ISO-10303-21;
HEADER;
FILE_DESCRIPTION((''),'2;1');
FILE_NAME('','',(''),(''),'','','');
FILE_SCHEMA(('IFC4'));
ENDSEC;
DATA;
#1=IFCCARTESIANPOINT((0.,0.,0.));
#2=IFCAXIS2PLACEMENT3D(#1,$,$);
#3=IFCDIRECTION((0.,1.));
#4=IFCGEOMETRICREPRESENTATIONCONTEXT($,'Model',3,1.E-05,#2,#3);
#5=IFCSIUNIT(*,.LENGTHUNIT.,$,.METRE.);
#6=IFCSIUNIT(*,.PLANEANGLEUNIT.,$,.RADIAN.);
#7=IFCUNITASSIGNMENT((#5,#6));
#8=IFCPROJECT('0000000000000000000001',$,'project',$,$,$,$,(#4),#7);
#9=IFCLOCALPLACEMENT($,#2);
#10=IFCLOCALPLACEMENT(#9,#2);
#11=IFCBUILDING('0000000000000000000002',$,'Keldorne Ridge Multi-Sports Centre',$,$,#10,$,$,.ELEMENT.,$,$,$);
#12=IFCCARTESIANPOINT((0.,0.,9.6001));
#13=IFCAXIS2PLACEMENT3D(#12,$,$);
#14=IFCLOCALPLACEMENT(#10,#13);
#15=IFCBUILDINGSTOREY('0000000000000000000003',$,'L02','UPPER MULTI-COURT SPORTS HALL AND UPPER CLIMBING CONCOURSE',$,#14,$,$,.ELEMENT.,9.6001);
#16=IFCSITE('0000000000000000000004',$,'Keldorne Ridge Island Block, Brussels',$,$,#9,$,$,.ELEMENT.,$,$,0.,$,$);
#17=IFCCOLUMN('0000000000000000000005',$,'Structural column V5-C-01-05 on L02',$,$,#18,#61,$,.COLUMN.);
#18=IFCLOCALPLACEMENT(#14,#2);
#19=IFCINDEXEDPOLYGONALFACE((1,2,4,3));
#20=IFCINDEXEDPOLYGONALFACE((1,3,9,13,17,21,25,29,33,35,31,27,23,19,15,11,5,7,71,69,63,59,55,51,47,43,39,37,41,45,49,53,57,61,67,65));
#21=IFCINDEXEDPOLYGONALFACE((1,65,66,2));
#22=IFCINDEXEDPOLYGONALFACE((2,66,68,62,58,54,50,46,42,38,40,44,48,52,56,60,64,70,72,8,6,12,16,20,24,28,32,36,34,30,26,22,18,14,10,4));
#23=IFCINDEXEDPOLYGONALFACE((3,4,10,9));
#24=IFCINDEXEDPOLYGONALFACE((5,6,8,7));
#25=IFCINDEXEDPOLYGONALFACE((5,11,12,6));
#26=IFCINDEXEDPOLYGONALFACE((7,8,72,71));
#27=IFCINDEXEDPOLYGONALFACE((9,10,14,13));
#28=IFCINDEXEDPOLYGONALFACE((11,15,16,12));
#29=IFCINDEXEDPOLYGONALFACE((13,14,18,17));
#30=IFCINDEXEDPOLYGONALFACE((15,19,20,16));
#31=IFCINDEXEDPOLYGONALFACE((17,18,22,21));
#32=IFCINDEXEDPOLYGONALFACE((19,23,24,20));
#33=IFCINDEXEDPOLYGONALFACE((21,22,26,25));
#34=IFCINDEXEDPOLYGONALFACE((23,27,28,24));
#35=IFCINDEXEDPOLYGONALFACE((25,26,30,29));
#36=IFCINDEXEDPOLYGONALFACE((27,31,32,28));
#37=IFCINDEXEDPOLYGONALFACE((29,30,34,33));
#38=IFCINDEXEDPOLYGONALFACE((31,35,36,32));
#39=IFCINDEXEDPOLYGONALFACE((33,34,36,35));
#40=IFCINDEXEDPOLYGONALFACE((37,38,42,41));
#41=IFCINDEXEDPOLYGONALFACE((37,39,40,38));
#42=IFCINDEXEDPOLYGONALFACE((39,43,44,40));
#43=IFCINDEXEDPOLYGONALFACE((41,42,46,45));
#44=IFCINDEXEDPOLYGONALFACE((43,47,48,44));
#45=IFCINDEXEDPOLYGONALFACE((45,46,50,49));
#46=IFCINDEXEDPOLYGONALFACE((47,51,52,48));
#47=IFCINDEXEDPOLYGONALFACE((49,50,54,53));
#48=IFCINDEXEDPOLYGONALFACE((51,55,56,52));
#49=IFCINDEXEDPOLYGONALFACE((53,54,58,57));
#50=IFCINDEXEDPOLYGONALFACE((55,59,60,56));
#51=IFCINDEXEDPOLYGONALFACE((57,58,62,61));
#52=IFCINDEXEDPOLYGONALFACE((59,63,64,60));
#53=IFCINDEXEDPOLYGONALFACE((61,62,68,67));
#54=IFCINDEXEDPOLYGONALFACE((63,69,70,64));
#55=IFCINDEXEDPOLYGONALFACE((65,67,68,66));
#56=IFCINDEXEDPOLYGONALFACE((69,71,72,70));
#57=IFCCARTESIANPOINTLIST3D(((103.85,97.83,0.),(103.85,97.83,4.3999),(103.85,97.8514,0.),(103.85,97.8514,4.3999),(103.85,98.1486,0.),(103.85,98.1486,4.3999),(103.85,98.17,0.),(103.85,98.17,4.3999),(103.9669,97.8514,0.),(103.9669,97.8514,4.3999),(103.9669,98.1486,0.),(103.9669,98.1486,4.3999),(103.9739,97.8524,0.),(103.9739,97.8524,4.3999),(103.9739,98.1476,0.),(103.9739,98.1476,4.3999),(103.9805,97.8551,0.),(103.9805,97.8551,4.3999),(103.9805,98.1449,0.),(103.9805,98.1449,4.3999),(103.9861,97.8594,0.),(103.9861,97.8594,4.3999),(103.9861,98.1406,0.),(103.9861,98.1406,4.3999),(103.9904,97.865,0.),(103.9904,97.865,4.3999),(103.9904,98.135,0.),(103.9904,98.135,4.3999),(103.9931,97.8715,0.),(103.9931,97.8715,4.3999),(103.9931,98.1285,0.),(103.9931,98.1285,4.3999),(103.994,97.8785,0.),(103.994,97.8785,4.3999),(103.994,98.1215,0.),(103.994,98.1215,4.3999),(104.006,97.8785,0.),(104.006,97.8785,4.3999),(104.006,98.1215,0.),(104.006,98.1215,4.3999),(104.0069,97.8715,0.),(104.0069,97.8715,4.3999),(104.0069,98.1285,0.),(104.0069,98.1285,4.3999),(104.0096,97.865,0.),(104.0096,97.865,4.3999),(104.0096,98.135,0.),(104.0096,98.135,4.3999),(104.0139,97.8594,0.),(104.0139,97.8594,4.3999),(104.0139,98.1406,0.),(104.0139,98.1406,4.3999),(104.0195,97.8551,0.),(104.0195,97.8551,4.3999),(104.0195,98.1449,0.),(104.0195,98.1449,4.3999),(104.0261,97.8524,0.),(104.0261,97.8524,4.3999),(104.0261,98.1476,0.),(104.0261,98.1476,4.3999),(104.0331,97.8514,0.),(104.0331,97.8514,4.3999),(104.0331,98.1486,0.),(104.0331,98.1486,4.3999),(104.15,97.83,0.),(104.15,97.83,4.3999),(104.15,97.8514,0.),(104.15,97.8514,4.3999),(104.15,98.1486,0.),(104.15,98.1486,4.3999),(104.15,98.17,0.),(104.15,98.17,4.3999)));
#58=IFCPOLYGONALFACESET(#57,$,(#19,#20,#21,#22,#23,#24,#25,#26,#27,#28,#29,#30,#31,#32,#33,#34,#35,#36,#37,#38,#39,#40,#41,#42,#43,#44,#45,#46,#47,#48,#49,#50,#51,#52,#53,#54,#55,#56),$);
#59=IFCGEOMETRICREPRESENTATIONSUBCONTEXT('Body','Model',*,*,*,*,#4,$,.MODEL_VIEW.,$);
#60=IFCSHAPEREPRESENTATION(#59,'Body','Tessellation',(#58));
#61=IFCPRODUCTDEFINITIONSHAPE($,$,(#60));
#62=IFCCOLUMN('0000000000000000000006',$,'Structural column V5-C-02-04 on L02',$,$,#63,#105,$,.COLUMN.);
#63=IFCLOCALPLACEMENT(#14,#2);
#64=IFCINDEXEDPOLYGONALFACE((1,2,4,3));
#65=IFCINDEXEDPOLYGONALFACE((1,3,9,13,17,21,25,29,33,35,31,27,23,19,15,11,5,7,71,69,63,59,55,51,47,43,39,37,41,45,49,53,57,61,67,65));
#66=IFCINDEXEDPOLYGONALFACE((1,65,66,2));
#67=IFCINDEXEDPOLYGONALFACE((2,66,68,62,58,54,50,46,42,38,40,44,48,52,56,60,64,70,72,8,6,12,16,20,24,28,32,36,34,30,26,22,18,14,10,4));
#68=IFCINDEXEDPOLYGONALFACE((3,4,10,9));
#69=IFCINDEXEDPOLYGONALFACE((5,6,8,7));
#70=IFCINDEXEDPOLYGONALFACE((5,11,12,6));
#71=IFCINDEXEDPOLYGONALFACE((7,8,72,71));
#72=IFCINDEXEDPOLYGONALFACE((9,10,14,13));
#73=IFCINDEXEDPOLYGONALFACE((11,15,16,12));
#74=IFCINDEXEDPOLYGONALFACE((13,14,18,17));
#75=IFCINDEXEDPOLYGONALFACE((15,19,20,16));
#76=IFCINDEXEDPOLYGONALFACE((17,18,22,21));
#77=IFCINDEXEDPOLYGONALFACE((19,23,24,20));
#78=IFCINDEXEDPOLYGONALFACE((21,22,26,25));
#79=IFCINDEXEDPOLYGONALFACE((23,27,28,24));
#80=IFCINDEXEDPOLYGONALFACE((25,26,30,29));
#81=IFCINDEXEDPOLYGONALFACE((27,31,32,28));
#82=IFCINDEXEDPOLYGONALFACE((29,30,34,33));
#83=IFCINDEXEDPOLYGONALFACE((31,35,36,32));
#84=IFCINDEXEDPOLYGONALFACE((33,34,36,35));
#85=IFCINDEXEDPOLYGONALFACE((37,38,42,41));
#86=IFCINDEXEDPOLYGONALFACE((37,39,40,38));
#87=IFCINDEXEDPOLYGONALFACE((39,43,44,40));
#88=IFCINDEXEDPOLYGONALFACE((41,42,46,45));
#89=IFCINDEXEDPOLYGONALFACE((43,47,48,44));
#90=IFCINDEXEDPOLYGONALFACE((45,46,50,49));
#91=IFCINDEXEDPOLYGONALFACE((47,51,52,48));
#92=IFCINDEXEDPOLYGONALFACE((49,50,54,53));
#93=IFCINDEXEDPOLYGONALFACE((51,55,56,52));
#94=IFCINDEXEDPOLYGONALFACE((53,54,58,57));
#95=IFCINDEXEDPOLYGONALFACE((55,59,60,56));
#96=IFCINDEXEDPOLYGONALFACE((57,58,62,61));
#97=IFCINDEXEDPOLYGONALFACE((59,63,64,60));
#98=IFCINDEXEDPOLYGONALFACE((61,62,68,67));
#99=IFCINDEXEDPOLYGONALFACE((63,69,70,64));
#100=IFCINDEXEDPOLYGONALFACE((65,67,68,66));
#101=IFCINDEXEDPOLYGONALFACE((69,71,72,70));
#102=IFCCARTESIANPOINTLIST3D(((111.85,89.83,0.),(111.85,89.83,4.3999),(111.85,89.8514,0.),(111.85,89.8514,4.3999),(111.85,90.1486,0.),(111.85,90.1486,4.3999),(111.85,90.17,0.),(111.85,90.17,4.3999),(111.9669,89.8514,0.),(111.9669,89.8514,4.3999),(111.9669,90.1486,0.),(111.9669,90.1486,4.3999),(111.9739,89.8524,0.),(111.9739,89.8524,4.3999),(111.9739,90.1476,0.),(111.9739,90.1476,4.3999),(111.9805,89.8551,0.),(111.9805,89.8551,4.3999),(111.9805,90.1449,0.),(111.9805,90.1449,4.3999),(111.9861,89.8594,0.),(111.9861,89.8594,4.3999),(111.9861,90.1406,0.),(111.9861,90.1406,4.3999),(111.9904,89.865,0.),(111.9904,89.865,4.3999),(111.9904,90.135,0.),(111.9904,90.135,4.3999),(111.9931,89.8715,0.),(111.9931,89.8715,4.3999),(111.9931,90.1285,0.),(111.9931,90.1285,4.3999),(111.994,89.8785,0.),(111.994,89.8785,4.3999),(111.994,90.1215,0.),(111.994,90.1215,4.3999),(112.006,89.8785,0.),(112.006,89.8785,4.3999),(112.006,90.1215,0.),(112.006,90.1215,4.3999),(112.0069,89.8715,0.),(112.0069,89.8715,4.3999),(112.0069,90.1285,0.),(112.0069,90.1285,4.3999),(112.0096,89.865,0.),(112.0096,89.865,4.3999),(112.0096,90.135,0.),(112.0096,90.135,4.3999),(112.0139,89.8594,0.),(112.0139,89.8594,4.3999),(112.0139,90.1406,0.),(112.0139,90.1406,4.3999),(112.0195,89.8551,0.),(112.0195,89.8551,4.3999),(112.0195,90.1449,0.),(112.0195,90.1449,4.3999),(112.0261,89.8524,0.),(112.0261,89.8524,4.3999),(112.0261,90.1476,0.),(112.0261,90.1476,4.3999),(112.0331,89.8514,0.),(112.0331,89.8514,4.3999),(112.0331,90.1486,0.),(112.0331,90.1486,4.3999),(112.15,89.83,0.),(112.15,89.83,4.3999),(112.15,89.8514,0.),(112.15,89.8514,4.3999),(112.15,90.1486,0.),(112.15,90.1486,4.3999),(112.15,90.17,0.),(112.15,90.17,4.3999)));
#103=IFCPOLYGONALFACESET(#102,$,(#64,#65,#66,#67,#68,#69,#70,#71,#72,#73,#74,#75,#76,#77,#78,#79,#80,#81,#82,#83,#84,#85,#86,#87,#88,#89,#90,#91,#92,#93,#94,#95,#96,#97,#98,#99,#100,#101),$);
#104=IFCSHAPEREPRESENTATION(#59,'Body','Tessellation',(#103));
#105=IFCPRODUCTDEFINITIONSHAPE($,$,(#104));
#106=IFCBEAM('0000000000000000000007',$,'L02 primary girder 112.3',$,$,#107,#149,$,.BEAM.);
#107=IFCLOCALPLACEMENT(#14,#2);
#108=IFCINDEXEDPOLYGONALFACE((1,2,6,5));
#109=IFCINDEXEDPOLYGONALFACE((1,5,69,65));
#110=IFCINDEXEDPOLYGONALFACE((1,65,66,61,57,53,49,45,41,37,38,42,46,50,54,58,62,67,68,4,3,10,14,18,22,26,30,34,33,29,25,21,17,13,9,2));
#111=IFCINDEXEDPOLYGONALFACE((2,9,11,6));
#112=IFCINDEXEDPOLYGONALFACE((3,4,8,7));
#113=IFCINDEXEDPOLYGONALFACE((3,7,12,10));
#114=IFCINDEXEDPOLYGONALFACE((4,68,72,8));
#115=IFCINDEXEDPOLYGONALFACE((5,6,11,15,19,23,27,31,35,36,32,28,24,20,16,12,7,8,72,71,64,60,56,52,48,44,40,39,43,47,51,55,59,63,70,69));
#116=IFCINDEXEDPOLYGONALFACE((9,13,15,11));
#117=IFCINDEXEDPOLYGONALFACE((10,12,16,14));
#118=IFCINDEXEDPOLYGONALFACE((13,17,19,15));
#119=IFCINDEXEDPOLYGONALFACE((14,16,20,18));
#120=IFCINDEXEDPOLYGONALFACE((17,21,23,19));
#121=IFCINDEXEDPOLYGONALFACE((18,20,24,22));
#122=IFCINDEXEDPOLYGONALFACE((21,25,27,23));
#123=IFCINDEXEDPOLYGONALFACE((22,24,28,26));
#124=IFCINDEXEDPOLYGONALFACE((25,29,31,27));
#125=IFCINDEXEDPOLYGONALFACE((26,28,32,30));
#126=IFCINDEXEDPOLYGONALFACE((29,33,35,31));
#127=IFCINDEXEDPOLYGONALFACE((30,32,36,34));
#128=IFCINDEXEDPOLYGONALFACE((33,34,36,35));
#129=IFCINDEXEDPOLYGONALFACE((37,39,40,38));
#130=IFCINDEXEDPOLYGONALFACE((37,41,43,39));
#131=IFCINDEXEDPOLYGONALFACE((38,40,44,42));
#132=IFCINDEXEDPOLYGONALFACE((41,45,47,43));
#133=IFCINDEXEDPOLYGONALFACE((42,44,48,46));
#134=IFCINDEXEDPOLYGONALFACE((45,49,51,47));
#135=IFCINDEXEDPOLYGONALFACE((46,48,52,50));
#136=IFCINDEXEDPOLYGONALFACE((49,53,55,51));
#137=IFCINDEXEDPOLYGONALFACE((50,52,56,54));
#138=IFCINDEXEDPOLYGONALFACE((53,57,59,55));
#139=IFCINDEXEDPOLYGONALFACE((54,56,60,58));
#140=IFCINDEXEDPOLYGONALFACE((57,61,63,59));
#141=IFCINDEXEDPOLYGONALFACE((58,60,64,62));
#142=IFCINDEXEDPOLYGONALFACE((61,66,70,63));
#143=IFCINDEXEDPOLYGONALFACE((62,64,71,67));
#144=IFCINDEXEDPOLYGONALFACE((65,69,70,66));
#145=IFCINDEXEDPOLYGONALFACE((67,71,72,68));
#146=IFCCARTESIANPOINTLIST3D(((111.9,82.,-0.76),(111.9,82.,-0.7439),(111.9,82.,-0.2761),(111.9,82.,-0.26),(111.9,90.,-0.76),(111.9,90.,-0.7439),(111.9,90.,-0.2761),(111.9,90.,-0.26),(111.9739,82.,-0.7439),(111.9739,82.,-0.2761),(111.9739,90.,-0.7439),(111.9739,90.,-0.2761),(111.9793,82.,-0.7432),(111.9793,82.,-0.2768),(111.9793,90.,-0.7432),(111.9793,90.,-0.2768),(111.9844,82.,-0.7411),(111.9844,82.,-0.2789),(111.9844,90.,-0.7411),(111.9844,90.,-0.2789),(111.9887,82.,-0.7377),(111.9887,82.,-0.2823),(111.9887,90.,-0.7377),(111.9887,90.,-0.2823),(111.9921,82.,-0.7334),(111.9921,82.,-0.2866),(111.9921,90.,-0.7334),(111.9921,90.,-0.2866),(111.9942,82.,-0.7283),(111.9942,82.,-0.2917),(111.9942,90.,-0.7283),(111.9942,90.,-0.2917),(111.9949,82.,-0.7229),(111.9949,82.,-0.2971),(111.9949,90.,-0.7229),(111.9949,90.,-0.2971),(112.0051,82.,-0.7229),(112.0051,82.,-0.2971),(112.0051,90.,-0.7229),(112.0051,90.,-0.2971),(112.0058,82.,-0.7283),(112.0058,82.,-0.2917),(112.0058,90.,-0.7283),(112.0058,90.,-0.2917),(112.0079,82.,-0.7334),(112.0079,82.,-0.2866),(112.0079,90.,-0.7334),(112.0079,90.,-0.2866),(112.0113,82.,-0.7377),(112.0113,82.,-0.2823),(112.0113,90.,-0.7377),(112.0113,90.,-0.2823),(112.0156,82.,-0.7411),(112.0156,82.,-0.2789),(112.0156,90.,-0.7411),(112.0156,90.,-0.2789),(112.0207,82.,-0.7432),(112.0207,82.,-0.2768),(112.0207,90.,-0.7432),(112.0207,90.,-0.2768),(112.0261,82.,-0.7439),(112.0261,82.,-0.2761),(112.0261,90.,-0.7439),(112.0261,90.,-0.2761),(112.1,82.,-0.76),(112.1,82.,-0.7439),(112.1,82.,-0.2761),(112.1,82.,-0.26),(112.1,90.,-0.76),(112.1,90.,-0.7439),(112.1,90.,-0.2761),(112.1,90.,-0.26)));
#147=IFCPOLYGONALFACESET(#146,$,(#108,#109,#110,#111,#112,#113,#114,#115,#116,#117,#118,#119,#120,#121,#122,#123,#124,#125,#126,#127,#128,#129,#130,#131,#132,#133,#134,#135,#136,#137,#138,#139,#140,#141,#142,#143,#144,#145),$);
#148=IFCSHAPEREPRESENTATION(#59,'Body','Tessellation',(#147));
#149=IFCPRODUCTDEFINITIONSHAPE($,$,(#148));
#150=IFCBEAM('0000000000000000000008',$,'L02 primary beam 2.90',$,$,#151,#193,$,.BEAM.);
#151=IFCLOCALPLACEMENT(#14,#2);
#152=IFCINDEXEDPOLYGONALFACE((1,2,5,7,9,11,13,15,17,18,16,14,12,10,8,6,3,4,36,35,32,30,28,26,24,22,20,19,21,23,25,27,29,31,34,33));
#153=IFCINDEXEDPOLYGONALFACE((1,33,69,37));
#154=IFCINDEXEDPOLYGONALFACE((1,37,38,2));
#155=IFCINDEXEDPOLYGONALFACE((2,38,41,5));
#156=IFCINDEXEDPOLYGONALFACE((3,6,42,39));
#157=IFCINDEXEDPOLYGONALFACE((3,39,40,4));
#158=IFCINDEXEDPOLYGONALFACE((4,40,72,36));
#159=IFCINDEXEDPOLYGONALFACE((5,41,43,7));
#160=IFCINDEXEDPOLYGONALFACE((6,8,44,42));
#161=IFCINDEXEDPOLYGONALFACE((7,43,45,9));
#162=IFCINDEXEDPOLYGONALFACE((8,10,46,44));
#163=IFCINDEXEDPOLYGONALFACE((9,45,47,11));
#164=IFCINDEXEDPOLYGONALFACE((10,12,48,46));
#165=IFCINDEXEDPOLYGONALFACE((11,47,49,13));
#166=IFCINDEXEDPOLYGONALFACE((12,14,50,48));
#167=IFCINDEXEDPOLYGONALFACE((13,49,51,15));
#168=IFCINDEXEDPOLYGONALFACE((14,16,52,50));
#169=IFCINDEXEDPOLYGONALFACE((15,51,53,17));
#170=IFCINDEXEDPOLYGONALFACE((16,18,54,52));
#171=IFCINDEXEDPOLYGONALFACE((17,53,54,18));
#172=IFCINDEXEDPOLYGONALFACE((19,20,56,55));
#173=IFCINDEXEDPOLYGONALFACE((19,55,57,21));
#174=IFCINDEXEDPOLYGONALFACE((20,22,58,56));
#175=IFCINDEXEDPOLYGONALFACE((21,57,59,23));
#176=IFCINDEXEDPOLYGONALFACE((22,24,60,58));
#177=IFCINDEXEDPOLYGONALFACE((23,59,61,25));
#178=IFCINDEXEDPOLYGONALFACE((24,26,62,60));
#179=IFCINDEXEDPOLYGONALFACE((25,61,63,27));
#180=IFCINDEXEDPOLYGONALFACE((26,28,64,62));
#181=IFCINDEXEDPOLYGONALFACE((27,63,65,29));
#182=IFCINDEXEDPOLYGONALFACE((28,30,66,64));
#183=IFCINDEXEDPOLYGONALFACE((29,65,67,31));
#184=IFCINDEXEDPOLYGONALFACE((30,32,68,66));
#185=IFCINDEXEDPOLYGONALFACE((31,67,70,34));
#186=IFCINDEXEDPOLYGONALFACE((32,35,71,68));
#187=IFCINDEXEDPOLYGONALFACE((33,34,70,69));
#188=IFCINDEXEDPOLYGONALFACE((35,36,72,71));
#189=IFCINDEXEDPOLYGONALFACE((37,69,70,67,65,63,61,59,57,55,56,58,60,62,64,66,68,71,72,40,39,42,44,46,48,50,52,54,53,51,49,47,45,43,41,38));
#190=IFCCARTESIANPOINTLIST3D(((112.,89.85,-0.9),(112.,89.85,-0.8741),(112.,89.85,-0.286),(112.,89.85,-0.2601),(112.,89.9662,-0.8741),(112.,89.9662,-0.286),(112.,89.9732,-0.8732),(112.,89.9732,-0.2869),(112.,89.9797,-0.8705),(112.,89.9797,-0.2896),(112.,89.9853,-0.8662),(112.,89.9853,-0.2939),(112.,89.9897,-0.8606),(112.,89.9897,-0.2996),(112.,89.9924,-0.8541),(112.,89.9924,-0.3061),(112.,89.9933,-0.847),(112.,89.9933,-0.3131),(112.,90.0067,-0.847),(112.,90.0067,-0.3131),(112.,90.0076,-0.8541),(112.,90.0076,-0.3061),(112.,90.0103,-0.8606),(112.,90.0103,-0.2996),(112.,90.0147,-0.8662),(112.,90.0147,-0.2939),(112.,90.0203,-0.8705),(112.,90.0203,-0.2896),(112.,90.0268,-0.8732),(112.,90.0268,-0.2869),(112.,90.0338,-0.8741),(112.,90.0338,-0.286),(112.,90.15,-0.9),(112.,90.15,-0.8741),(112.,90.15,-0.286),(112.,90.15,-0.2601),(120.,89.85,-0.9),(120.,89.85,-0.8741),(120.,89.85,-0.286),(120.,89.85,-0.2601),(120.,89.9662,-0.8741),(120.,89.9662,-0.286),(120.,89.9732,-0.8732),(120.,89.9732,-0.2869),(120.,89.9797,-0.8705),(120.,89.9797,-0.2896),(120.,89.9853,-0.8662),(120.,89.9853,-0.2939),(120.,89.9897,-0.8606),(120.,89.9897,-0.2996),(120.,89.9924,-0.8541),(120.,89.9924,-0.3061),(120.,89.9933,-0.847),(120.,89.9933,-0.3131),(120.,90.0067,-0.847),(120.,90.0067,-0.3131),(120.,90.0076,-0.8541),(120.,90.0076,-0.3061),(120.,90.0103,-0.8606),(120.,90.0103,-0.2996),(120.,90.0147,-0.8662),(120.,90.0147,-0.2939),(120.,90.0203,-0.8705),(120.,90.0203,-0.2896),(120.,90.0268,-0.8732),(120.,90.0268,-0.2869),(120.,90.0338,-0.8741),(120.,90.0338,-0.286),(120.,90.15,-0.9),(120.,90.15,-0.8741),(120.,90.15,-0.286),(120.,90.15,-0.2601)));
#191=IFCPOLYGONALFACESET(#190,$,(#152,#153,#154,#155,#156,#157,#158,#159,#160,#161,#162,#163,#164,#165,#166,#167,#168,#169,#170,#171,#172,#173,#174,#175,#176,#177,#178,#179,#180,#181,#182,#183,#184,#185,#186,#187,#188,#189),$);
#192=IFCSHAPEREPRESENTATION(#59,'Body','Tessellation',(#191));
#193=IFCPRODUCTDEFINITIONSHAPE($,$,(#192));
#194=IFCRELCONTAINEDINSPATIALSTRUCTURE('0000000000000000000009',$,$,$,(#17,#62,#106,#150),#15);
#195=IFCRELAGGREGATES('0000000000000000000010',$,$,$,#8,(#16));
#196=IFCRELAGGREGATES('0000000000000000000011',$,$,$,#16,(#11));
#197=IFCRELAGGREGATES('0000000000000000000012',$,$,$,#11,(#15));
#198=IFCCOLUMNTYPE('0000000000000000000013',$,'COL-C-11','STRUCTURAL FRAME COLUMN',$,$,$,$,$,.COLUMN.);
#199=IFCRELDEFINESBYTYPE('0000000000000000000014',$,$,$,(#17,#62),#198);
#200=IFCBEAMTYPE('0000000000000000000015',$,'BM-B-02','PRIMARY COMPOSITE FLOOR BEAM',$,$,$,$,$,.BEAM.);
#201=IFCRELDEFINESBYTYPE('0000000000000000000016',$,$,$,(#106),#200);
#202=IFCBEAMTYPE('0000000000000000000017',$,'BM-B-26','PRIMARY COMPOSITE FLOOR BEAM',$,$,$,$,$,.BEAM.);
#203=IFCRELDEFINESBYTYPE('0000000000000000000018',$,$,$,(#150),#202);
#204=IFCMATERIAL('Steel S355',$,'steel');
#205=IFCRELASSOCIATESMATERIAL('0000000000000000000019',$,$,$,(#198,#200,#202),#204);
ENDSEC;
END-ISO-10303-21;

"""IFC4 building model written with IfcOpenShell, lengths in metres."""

from ifc_helpers import new_model, si_unit, direction, frame, origin, origin_2d, place, context, subcontext, project, spatial, i_section, extrude, material, material_profile, profile_set, type_object, element, save


model = new_model("IFC4")

# Units and contexts
model_context = context("Model", 3, precision=1e-05, world=origin(), true_north=direction((0.0, 1.0)))
body_context = subcontext(model_context, "Body", "Model", "MODEL_VIEW")
ifc_project = project(units=[si_unit("LENGTHUNIT", "METRE"), si_unit("PLANEANGLEUNIT", "RADIAN")], contexts=[model_context])

# Site, building, storey
site_placement = place(None, origin())
site = spatial("IfcSite", under=ifc_project, at=site_placement, Name="Keldorne Ridge Island Block, Brussels", CompositionType="ELEMENT", RefElevation=0.0)
building_placement = place(site_placement, origin())
building = spatial("IfcBuilding", under=site, at=building_placement, Name="Keldorne Ridge Multi-Sports Centre", CompositionType="ELEMENT")
storey_placement = place(building_placement, frame((0.0, 0.0, 9.6001)))
storey = spatial("IfcBuildingStorey", under=building, at=storey_placement, Name="L02", Description="UPPER MULTI-COURT SPORTS HALL AND UPPER CLIMBING CONCOURSE", CompositionType="ELEMENT", Elevation=9.6001)

# Columns
ifc_material_1 = material(Name="Steel S355", Category="steel")
ifc_material_profile_1 = material_profile(ifc_material_1, i_section(OverallWidth=0.3, OverallDepth=0.3401, WebThickness=0.012, FlangeThickness=0.0215, FilletRadius=0.0271, at=origin_2d()), Name="HEB 340")
ifc_profile_set_1 = profile_set([ifc_material_profile_1], Name="Steel S355")
column_type = type_object("IfcColumnType", Name="COL-C-11", Description="STRUCTURAL FRAME COLUMN", PredefinedType="COLUMN", material=ifc_profile_set_1)
for number, where, z_axis, x_axis, name in (
    (1, (104.0, 98.0, 0.0), (0.0, 0.0, 1.0), (1.0, 0.0, 0.0), "Structural column V5-C-01-05 on L02"),
    (2, (112.0, 90.0, 0.0), (0.0, 0.0, 1.0), (1.0, 0.0, 0.0), "Structural column V5-C-02-04 on L02"),
):
    element("IfcColumn", number, at=place(storey_placement, frame(where, z_axis=z_axis, x_axis=x_axis)), inside=storey, type_object=column_type, Name=name, PredefinedType="COLUMN", context=body_context, shape_type="SweptSolid", body=[
        extrude(i_section(OverallWidth=0.3, OverallDepth=0.3401, WebThickness=0.012, FlangeThickness=0.0215, FilletRadius=0.0271, at=origin_2d()), origin(), (0.0, 0.0, 1.0), 4.3999),
    ])

# Beams
ifc_material_profile_2 = material_profile(ifc_material_1, i_section(OverallWidth=0.2, OverallDepth=0.5, WebThickness=0.0103, FlangeThickness=0.0161, FilletRadius=0.021, at=origin_2d()), Name="IPE 500")
ifc_profile_set_2 = profile_set([ifc_material_profile_2], Name="Steel S355")
beam_type_1 = type_object("IfcBeamType", Name="BM-B-02", Description="PRIMARY COMPOSITE FLOOR BEAM", PredefinedType="BEAM", material=ifc_profile_set_2)
beam_1_placement = place(storey_placement, frame((112.0, 82.0, -0.51), z_axis=(0.0, 1.0, 0.0), x_axis=(-1.0, 0.0, 0.0)))
element("IfcBeam", 3, at=beam_1_placement, inside=storey, type_object=beam_type_1, Name="L02 primary girder 112.3", PredefinedType="BEAM", context=body_context, shape_type="SweptSolid", body=[
    extrude(i_section(OverallWidth=0.2, OverallDepth=0.5, WebThickness=0.0103, FlangeThickness=0.0161, FilletRadius=0.021, at=origin_2d()), origin(), (0.0, 0.0, 1.0), 8.0),
])
ifc_material_profile_3 = material_profile(ifc_material_1, i_section(OverallWidth=0.3, OverallDepth=0.6399, WebThickness=0.0134, FlangeThickness=0.0259, FilletRadius=0.0271, at=origin_2d()), Name="HEA 650")
ifc_profile_set_3 = profile_set([ifc_material_profile_3], Name="Steel S355")
beam_type_2 = type_object("IfcBeamType", Name="BM-B-26", Description="PRIMARY COMPOSITE FLOOR BEAM", PredefinedType="BEAM", material=ifc_profile_set_3)
beam_2_placement = place(storey_placement, frame((112.0, 90.0, -0.5801), z_axis=(1.0, 0.0, 0.0), x_axis=(0.0, 1.0, 0.0)))
element("IfcBeam", 4, at=beam_2_placement, inside=storey, type_object=beam_type_2, Name="L02 primary beam 2.90", PredefinedType="BEAM", context=body_context, shape_type="SweptSolid", body=[
    extrude(i_section(OverallWidth=0.3, OverallDepth=0.6399, WebThickness=0.0134, FlangeThickness=0.0259, FilletRadius=0.0271, at=origin_2d()), origin(), (0.0, 0.0, 1.0), 8.0),
])

save(model, "model.ifc")
